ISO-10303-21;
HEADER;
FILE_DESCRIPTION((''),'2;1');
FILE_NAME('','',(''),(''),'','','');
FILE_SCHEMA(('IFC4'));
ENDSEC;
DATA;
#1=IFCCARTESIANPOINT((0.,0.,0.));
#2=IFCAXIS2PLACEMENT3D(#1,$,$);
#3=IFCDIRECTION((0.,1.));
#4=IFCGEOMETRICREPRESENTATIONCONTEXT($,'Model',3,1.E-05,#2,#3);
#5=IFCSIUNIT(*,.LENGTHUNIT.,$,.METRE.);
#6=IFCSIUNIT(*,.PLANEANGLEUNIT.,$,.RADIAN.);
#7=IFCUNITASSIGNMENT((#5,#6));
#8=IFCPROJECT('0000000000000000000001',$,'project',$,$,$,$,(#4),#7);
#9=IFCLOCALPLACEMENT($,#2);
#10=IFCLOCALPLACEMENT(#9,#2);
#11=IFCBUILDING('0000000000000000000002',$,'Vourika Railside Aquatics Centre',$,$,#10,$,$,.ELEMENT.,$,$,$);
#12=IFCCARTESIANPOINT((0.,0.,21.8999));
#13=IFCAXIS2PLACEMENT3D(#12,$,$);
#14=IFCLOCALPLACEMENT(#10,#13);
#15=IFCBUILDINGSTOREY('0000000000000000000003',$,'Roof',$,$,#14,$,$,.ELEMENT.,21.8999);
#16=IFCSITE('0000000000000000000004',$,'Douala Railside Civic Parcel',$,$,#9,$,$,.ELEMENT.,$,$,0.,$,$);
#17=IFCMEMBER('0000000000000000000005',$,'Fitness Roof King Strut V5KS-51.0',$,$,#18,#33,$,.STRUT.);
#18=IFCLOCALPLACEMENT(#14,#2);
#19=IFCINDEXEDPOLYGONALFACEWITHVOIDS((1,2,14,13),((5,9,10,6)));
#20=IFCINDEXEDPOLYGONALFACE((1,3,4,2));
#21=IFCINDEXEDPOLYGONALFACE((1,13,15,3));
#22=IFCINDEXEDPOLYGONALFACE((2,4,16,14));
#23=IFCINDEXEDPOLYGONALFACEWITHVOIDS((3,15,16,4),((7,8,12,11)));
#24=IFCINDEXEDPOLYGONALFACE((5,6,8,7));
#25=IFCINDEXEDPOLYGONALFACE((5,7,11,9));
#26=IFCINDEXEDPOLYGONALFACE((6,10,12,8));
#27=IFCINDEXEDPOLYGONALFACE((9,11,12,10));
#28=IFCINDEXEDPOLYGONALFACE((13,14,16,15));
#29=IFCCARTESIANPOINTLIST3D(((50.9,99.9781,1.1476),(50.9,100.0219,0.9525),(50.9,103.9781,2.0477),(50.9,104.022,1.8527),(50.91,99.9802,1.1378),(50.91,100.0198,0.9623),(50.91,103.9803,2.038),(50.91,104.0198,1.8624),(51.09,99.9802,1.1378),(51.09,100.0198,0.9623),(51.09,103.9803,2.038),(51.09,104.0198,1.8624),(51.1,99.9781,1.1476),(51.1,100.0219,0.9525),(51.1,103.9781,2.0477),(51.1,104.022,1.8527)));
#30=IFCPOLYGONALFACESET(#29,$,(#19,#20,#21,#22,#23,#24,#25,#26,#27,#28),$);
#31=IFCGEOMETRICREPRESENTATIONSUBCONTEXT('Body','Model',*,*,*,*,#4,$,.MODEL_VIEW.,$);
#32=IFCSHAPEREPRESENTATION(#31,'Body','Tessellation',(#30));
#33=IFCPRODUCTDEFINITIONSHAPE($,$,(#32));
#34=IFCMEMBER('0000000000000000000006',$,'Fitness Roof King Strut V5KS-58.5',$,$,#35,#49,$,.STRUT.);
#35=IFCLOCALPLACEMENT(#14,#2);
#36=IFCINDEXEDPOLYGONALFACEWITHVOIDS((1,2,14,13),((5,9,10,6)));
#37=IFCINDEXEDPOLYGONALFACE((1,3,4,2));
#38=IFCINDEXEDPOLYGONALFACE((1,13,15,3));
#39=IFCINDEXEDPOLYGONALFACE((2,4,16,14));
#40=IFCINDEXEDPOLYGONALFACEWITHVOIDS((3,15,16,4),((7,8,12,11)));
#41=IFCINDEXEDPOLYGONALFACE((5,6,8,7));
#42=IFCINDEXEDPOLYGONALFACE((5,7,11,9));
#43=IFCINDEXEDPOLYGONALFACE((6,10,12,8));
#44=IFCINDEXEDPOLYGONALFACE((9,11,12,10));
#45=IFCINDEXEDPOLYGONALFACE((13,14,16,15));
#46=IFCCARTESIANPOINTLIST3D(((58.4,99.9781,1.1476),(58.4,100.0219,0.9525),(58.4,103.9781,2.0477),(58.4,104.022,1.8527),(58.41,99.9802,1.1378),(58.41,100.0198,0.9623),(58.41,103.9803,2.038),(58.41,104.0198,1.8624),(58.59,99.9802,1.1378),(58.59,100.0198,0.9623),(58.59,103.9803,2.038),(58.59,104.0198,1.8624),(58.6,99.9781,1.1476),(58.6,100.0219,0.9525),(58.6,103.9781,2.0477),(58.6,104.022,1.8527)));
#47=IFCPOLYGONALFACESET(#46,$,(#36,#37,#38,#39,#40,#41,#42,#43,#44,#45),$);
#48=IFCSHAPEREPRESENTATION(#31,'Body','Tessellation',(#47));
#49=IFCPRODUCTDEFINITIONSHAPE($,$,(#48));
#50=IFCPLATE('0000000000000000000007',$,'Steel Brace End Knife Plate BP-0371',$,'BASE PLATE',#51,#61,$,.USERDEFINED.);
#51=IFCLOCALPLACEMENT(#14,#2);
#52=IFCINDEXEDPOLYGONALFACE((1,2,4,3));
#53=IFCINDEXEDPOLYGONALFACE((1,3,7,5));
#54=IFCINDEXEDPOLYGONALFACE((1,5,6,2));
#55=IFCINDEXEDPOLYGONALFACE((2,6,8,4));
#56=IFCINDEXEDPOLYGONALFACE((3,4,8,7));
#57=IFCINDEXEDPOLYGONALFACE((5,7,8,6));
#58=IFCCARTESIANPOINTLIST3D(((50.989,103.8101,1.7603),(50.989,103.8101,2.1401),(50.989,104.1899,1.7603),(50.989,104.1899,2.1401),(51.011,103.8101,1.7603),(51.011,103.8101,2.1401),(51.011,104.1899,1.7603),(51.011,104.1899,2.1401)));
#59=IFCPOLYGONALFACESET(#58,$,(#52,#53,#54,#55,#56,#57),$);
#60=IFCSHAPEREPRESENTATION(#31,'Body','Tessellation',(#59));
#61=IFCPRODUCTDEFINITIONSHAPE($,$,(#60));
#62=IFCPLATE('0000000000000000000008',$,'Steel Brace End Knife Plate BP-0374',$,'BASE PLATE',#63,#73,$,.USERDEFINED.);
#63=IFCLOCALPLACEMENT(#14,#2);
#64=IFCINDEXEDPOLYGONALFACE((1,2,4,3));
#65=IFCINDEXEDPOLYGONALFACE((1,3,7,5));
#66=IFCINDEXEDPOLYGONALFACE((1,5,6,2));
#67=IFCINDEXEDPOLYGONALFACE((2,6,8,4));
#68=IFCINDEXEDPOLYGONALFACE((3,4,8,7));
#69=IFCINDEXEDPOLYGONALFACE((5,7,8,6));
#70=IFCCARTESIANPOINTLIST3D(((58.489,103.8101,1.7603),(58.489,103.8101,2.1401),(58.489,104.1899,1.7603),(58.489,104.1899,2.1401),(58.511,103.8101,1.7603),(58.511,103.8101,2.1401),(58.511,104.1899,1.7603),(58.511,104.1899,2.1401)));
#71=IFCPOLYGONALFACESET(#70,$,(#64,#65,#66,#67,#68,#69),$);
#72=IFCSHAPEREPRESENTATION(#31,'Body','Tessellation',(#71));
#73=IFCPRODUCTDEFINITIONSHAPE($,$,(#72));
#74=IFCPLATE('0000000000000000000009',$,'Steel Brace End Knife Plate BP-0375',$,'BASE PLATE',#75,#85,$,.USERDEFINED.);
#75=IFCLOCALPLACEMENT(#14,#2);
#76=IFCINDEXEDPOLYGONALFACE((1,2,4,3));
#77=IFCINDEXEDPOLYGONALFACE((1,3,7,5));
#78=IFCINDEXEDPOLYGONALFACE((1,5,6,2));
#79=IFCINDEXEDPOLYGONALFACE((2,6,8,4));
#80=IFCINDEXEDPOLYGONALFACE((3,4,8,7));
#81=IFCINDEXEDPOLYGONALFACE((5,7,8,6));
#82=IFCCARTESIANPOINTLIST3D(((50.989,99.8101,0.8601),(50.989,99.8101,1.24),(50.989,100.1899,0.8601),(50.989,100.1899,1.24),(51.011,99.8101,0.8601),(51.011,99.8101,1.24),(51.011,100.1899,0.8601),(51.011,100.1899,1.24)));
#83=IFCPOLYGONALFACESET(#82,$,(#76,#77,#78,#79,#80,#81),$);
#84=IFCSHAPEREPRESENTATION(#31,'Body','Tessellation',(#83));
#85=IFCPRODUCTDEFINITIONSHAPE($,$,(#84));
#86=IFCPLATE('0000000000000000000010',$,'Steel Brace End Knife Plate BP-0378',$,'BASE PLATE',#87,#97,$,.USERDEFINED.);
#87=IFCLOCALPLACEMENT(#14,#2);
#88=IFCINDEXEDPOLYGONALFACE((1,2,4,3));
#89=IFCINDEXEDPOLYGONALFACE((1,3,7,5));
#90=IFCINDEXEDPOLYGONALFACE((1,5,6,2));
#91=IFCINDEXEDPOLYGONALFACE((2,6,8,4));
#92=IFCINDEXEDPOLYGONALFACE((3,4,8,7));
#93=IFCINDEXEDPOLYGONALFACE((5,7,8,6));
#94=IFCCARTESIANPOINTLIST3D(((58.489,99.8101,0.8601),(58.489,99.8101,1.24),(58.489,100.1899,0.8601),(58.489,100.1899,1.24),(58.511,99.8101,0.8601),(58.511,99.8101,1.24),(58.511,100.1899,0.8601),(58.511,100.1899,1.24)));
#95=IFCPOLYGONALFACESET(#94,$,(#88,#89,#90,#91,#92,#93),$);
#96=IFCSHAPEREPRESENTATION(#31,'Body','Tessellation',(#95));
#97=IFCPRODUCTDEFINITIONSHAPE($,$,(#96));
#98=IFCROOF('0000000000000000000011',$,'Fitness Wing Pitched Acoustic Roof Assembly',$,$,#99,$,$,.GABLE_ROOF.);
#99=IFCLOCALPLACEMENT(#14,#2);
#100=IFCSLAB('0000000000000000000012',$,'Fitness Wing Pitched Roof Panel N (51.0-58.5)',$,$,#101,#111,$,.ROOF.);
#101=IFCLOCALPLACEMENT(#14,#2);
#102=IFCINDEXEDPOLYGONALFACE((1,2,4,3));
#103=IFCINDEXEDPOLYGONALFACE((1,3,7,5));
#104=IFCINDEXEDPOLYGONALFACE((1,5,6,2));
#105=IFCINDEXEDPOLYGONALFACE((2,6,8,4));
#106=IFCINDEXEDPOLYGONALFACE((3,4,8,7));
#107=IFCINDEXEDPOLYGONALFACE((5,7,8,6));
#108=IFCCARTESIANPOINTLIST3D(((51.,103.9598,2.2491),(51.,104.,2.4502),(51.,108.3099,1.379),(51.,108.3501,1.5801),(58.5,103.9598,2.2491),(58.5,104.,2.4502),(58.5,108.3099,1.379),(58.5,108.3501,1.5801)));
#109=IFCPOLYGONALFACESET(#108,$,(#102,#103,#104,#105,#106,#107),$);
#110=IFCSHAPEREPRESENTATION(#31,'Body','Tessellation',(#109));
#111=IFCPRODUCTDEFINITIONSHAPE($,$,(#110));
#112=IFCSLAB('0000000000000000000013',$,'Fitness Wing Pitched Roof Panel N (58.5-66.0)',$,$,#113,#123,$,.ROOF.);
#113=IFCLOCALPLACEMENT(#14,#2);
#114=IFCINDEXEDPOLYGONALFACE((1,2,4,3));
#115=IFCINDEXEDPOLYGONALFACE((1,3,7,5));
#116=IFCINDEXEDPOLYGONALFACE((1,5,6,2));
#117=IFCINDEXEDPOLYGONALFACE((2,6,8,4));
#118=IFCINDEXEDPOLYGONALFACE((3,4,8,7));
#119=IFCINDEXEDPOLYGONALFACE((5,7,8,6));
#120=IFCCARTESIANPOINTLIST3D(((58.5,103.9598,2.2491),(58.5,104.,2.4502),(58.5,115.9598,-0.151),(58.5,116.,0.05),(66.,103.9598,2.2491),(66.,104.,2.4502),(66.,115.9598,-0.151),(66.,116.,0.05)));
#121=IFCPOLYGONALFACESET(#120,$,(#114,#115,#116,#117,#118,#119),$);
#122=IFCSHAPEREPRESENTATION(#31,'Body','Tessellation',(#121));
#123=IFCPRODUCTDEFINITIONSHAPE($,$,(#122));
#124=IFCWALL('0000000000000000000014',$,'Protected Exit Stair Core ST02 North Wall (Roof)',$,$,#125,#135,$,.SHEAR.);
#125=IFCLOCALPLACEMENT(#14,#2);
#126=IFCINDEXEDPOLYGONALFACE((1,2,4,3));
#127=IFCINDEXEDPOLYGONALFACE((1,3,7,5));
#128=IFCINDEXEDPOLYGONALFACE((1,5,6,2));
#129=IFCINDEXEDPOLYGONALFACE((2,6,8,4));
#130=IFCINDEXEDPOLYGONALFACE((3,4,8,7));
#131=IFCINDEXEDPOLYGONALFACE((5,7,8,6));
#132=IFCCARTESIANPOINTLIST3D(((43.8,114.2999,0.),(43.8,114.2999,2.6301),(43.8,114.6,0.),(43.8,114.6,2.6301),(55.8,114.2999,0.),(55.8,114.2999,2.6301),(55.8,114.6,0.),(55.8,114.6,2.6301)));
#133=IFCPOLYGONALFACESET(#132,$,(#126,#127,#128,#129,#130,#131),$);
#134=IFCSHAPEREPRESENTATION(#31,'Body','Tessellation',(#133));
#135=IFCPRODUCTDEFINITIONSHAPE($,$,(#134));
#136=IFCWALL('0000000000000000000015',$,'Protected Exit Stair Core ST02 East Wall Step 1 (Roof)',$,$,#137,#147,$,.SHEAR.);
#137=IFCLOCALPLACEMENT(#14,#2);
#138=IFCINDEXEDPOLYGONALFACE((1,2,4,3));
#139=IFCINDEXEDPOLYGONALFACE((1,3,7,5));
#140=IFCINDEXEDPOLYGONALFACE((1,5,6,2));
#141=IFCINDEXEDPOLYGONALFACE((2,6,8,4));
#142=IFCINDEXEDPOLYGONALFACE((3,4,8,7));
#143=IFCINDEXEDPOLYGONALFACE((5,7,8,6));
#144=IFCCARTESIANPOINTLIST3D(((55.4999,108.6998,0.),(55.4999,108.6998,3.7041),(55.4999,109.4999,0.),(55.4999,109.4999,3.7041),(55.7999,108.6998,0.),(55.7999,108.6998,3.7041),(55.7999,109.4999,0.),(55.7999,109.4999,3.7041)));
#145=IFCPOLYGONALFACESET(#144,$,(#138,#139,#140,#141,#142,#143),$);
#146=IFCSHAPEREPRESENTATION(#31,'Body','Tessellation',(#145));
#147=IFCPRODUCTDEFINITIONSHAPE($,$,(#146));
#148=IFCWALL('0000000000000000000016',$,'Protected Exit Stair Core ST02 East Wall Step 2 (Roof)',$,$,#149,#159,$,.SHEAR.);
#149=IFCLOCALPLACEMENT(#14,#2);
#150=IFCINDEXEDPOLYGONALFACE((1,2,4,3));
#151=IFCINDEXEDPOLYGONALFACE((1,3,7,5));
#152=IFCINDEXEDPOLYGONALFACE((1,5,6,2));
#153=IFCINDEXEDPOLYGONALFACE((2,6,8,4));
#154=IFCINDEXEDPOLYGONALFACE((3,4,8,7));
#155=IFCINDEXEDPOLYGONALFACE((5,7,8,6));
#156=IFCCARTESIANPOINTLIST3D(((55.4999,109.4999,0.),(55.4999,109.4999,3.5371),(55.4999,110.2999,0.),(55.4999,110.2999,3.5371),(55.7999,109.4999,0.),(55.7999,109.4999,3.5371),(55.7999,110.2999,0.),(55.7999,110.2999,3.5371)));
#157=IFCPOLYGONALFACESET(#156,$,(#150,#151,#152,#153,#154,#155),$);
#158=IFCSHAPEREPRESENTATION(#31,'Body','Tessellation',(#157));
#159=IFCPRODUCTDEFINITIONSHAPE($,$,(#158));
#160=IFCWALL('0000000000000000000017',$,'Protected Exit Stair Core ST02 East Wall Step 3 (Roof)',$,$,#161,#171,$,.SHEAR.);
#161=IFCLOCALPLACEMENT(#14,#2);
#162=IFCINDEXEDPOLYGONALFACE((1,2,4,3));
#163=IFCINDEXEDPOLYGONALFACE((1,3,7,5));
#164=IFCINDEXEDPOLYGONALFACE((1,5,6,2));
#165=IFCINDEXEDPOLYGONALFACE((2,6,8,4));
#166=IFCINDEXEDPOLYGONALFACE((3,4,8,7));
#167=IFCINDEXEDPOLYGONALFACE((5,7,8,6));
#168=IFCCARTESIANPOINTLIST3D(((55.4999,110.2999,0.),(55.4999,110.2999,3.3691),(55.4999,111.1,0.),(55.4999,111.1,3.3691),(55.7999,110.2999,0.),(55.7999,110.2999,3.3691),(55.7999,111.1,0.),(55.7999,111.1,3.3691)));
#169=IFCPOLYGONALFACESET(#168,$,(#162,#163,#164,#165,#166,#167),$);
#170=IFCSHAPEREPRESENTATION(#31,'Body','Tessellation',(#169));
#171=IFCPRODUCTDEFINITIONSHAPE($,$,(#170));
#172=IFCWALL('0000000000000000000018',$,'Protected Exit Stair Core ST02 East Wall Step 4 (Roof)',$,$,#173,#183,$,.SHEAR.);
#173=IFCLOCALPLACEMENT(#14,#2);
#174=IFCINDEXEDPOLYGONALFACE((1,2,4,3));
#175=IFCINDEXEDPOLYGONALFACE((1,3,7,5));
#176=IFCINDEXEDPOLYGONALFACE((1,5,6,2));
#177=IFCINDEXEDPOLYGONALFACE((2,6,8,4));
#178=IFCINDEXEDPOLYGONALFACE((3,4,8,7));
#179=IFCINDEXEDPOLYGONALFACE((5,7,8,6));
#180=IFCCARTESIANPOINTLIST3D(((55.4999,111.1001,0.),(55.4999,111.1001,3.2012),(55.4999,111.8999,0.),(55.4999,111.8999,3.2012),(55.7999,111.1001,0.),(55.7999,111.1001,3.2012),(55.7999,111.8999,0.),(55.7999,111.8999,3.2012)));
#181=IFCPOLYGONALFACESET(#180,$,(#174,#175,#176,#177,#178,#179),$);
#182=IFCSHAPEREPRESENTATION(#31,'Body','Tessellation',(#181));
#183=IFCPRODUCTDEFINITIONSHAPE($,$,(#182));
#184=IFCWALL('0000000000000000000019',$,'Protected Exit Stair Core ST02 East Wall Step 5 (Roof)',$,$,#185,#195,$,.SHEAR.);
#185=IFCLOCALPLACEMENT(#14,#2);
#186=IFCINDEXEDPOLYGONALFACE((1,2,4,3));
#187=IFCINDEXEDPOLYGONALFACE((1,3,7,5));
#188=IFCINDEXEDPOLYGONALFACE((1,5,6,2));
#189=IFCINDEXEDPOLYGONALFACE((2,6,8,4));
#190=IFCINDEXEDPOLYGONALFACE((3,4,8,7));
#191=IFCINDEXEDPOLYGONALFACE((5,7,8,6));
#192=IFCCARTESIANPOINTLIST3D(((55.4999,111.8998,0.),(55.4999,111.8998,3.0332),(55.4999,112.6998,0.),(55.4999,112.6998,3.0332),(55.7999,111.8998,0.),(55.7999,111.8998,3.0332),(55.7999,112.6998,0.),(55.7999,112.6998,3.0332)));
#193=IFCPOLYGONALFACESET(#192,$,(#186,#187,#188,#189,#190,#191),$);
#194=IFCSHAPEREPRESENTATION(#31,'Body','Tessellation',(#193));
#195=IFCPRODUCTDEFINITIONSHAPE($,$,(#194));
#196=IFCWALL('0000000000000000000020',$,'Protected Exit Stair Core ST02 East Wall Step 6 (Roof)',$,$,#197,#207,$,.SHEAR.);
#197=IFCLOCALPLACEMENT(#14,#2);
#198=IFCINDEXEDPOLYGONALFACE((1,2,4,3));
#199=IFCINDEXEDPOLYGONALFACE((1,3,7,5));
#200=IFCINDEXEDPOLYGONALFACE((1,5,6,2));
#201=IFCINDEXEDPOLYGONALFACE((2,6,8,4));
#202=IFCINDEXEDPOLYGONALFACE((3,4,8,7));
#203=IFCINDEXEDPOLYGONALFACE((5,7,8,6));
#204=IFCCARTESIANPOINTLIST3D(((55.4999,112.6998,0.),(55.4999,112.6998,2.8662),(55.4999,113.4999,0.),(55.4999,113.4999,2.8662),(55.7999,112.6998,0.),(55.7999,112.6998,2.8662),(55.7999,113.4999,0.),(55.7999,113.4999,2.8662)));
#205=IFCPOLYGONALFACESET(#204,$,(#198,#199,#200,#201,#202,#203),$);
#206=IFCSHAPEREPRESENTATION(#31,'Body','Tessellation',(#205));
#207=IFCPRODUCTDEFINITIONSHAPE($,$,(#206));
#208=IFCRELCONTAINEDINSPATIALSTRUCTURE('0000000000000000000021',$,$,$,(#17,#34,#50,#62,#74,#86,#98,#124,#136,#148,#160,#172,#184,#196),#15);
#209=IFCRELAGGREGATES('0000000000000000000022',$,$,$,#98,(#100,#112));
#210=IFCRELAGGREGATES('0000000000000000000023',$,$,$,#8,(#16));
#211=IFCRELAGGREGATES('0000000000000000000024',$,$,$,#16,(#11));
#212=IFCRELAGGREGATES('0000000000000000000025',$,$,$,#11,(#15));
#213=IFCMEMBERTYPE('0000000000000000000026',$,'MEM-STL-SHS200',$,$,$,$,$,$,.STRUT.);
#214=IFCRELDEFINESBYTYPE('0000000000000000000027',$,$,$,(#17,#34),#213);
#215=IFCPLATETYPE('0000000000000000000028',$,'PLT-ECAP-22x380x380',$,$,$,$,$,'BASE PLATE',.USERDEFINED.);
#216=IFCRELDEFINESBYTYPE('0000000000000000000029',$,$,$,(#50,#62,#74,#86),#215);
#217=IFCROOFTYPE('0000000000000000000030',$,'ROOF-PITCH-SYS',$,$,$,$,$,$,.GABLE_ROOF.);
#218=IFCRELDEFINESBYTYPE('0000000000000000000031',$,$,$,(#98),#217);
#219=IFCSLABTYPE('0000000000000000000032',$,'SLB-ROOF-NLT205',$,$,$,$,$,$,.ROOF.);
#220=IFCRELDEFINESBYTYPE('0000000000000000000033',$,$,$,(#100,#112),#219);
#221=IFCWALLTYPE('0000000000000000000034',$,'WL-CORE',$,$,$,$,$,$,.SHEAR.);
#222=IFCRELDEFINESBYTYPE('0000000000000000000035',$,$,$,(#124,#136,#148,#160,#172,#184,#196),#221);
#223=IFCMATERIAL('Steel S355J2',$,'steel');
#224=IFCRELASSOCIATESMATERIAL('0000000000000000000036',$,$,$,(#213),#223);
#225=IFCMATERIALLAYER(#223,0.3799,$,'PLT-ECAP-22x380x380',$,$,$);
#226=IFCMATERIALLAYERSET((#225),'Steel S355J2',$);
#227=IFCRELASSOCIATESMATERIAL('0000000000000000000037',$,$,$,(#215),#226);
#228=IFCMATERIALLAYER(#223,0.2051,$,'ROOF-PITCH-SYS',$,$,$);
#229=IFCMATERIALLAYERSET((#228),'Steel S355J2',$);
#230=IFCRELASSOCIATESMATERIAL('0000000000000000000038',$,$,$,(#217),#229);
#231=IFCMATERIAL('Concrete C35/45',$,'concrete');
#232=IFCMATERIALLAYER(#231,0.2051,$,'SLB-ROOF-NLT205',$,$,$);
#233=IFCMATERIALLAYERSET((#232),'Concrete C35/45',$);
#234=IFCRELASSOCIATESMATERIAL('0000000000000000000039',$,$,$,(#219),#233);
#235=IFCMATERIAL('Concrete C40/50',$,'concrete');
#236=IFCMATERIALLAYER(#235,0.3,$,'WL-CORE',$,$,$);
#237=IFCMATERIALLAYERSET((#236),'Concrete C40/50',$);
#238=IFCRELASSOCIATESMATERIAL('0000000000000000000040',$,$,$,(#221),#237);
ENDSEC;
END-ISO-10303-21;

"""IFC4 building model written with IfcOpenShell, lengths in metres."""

from ifc_helpers import new_model, si_unit, direction, frame, frame_2d, origin, origin_2d, place, context, subcontext, project, spatial, polyline, rectangle, hollow_rectangle, outline, extrude, material, layer, layer_set, material_profile, profile_set, type_object, element, aggregate, save


model = new_model("IFC4")

# Units and contexts
model_context = context("Model", 3, precision=1e-05, world=origin(), true_north=direction((0.0, 1.0)))
body_context = subcontext(model_context, "Body", "Model", "MODEL_VIEW")
ifc_project = project(units=[si_unit("LENGTHUNIT", "METRE"), si_unit("PLANEANGLEUNIT", "RADIAN")], contexts=[model_context])

# Site, building, storey
site_placement = place(None, origin())
site = spatial("IfcSite", under=ifc_project, at=site_placement, Name="Douala Railside Civic Parcel", CompositionType="ELEMENT", RefElevation=0.0)
building_placement = place(site_placement, origin())
building = spatial("IfcBuilding", under=site, at=building_placement, Name="Vourika Railside Aquatics Centre", CompositionType="ELEMENT")
storey_placement = place(building_placement, frame((0.0, 0.0, 21.8999)))
storey = spatial("IfcBuildingStorey", under=building, at=storey_placement, Name="Roof", CompositionType="ELEMENT", Elevation=21.8999)

# Shared definitions
ifc_material_1 = material(Name="Steel S355J2", Category="steel")

# Members
ifc_material_profile_1 = material_profile(ifc_material_1, hollow_rectangle(XDim=0.2, YDim=0.2, WallThickness=0.01, at=origin_2d()), Name="SHS 200x200x10")
ifc_profile_set_1 = profile_set([ifc_material_profile_1], Name="Steel S355J2")
member_type_1 = type_object("IfcMemberType", Name="MEM-STL-SHS200", PredefinedType="STRUT", material=ifc_profile_set_1)
for number, where, z_axis, x_axis, name in (
    (1, (51.0, 100.0, 1.05), (0.0, 0.975602, 0.219546), (-1.0, 0.0, 0.0), "Fitness Roof King Strut V5KS-51.0"),
    (2, (58.5, 100.0, 1.05), (0.0, 0.975602, 0.219546), (-1.0, 0.0, 0.0), "Fitness Roof King Strut V5KS-58.5"),
):
    element("IfcMember", number, at=place(storey_placement, frame(where, z_axis=z_axis, x_axis=x_axis)), inside=storey, type_object=member_type_1, Name=name, PredefinedType="STRUT", context=body_context, shape_type="SweptSolid", body=[
        extrude(hollow_rectangle(XDim=0.2, YDim=0.2, WallThickness=0.01, at=origin_2d()), origin(), (0.0, 0.0, 1.0), 4.1001),
    ])

# Plates
ifc_layer_1 = layer(ifc_material_1, 0.3799, Name="PLT-ECAP-22x380x380")
ifc_layer_set_1 = layer_set([ifc_layer_1], Name="Steel S355J2")
plate_type = type_object("IfcPlateType", Name="PLT-ECAP-22x380x380", ElementType="BASE PLATE", PredefinedType="USERDEFINED", material=ifc_layer_set_1)
for number, where, z_axis, x_axis, name in (
    (3, (51.0, 104.0, 1.7603), (0.0, 0.0, 1.0), (1.0, 0.0, 0.0), "Steel Brace End Knife Plate BP-0371"),
    (4, (58.5, 104.0, 1.7603), (0.0, 0.0, 1.0), (1.0, 0.0, 0.0), "Steel Brace End Knife Plate BP-0374"),
    (5, (51.0, 100.0, 0.8601), (0.0, 0.0, 1.0), (1.0, 0.0, 0.0), "Steel Brace End Knife Plate BP-0375"),
    (6, (58.5, 100.0, 0.8601), (0.0, 0.0, 1.0), (1.0, 0.0, 0.0), "Steel Brace End Knife Plate BP-0378"),
):
    element("IfcPlate", number, at=place(storey_placement, frame(where, z_axis=z_axis, x_axis=x_axis)), inside=storey, type_object=plate_type, Name=name, ObjectType="BASE PLATE", PredefinedType="USERDEFINED", context=body_context, shape_type="SweptSolid", body=[
        extrude(rectangle(XDim=0.022, YDim=0.3799, at=origin_2d()), origin(), (0.0, 0.0, 1.0), 0.3799),
    ])

# Roof, slabs
ifc_layer_2 = layer(ifc_material_1, 0.2051, Name="ROOF-PITCH-SYS")
ifc_layer_set_2 = layer_set([ifc_layer_2], Name="Steel S355J2")
roof_type = type_object("IfcRoofType", Name="ROOF-PITCH-SYS", PredefinedType="GABLE_ROOF", material=ifc_layer_set_2)
roof_placement = place(storey_placement, origin())
roof = element("IfcRoof", 7, at=roof_placement, inside=storey, type_object=roof_type, Name="Fitness Wing Pitched Acoustic Roof Assembly", PredefinedType="GABLE_ROOF")
ifc_material_2 = material(Name="Concrete C35/45", Category="concrete")
ifc_layer_3 = layer(ifc_material_2, 0.2051, Name="SLB-ROOF-NLT205")
ifc_layer_set_3 = layer_set([ifc_layer_3], Name="Concrete C35/45")
slab_type = type_object("IfcSlabType", Name="SLB-ROOF-NLT205", PredefinedType="ROOF", material=ifc_layer_set_3)
slab_1_placement = place(storey_placement, frame((51.0, 104.0, 2.4502), z_axis=(0.0, 0.196137, 0.980576), x_axis=(1.0, 0.0, 0.0)))
slab_1 = element("IfcSlab", 8, at=slab_1_placement, type_object=slab_type, Name="Fitness Wing Pitched Roof Panel N (51.0-58.5)", PredefinedType="ROOF", context=body_context, shape_type="SweptSolid", body=[
    extrude(outline(polyline([(0.0, 0.0), (7.5, 0.0), (7.5, 4.4363), (0.0, 4.4363), (0.0, 0.0)])), origin(), (0.0, 0.0, -1.0), 0.2051),
])
slab_2_placement = place(storey_placement, frame((58.5, 104.0, 2.4502), z_axis=(0.0, 0.196128, 0.980578), x_axis=(1.0, 0.0, 0.0)))
slab_2 = element("IfcSlab", 9, at=slab_2_placement, type_object=slab_type, Name="Fitness Wing Pitched Roof Panel N (58.5-66.0)", PredefinedType="ROOF", context=body_context, shape_type="SweptSolid", body=[
    extrude(outline(polyline([(0.0, 0.0), (7.5, 0.0), (7.5, 12.2377), (0.0, 12.2377), (0.0, 0.0)])), origin(), (0.0, 0.0, -1.0), 0.2051),
])
aggregate(roof, [slab_1, slab_2])

# Walls
ifc_material_3 = material(Name="Concrete C40/50", Category="concrete")
ifc_layer_4 = layer(ifc_material_3, 0.3, Name="WL-CORE")
ifc_layer_set_4 = layer_set([ifc_layer_4], Name="Concrete C40/50")
wall_type = type_object("IfcWallType", Name="WL-CORE", PredefinedType="SHEAR", material=ifc_layer_set_4)
wall_1_placement = place(storey_placement, frame((55.8, 114.45, 0.0), z_axis=(0.0, 0.0, 1.0), x_axis=(-1.0, 0.0, 0.0)))
element("IfcWall", 10, at=wall_1_placement, inside=storey, type_object=wall_type, Name="Protected Exit Stair Core ST02 North Wall (Roof)", PredefinedType="SHEAR", context=body_context, shape_type="SweptSolid", body=[
    extrude(rectangle(XDim=12.0, YDim=0.3, at=frame_2d((6.0, 0.0))), origin(), (0.0, 0.0, 1.0), 2.6301),
])
wall_2_placement = place(storey_placement, frame((55.6499, 108.7, 0.0), z_axis=(0.0, 0.0, 1.0), x_axis=(0.0, 1.0, 0.0)))
element("IfcWall", 11, at=wall_2_placement, inside=storey, type_object=wall_type, Name="Protected Exit Stair Core ST02 East Wall Step 1 (Roof)", PredefinedType="SHEAR", context=body_context, shape_type="SweptSolid", body=[
    extrude(rectangle(XDim=0.8, YDim=0.3, at=frame_2d((0.3999, 0.0))), origin(), (0.0, 0.0, 1.0), 3.7041),
])
wall_3_placement = place(storey_placement, frame((55.6499, 109.5, 0.0), z_axis=(0.0, 0.0, 1.0), x_axis=(0.0, 1.0, 0.0)))
element("IfcWall", 12, at=wall_3_placement, inside=storey, type_object=wall_type, Name="Protected Exit Stair Core ST02 East Wall Step 2 (Roof)", PredefinedType="SHEAR", context=body_context, shape_type="SweptSolid", body=[
    extrude(rectangle(XDim=0.8, YDim=0.3, at=frame_2d((0.3999, 0.0))), origin(), (0.0, 0.0, 1.0), 3.5371),
])
wall_4_placement = place(storey_placement, frame((55.6499, 110.3, 0.0), z_axis=(0.0, 0.0, 1.0), x_axis=(0.0, 1.0, 0.0)))
element("IfcWall", 13, at=wall_4_placement, inside=storey, type_object=wall_type, Name="Protected Exit Stair Core ST02 East Wall Step 3 (Roof)", PredefinedType="SHEAR", context=body_context, shape_type="SweptSolid", body=[
    extrude(rectangle(XDim=0.8, YDim=0.3, at=frame_2d((0.3999, 0.0))), origin(), (0.0, 0.0, 1.0), 3.3691),
])
wall_5_placement = place(storey_placement, frame((55.6499, 111.1001, 0.0), z_axis=(0.0, 0.0, 1.0), x_axis=(0.0, 1.0, 0.0)))
element("IfcWall", 14, at=wall_5_placement, inside=storey, type_object=wall_type, Name="Protected Exit Stair Core ST02 East Wall Step 4 (Roof)", PredefinedType="SHEAR", context=body_context, shape_type="SweptSolid", body=[
    extrude(rectangle(XDim=0.7998, YDim=0.3, at=frame_2d((0.3999, 0.0))), origin(), (0.0, 0.0, 1.0), 3.2012),
])
wall_6_placement = place(storey_placement, frame((55.6499, 111.8999, 0.0), z_axis=(0.0, 0.0, 1.0), x_axis=(0.0, 1.0, 0.0)))
element("IfcWall", 15, at=wall_6_placement, inside=storey, type_object=wall_type, Name="Protected Exit Stair Core ST02 East Wall Step 5 (Roof)", PredefinedType="SHEAR", context=body_context, shape_type="SweptSolid", body=[
    extrude(rectangle(XDim=0.8, YDim=0.3, at=frame_2d((0.3999, 0.0))), origin(), (0.0, 0.0, 1.0), 3.0332),
])
wall_7_placement = place(storey_placement, frame((55.6499, 112.7, 0.0), z_axis=(0.0, 0.0, 1.0), x_axis=(0.0, 1.0, 0.0)))
element("IfcWall", 16, at=wall_7_placement, inside=storey, type_object=wall_type, Name="Protected Exit Stair Core ST02 East Wall Step 6 (Roof)", PredefinedType="SHEAR", context=body_context, shape_type="SweptSolid", body=[
    extrude(rectangle(XDim=0.8, YDim=0.3, at=frame_2d((0.3999, 0.0))), origin(), (0.0, 0.0, 1.0), 2.8662),
])

save(model, "model.ifc")
